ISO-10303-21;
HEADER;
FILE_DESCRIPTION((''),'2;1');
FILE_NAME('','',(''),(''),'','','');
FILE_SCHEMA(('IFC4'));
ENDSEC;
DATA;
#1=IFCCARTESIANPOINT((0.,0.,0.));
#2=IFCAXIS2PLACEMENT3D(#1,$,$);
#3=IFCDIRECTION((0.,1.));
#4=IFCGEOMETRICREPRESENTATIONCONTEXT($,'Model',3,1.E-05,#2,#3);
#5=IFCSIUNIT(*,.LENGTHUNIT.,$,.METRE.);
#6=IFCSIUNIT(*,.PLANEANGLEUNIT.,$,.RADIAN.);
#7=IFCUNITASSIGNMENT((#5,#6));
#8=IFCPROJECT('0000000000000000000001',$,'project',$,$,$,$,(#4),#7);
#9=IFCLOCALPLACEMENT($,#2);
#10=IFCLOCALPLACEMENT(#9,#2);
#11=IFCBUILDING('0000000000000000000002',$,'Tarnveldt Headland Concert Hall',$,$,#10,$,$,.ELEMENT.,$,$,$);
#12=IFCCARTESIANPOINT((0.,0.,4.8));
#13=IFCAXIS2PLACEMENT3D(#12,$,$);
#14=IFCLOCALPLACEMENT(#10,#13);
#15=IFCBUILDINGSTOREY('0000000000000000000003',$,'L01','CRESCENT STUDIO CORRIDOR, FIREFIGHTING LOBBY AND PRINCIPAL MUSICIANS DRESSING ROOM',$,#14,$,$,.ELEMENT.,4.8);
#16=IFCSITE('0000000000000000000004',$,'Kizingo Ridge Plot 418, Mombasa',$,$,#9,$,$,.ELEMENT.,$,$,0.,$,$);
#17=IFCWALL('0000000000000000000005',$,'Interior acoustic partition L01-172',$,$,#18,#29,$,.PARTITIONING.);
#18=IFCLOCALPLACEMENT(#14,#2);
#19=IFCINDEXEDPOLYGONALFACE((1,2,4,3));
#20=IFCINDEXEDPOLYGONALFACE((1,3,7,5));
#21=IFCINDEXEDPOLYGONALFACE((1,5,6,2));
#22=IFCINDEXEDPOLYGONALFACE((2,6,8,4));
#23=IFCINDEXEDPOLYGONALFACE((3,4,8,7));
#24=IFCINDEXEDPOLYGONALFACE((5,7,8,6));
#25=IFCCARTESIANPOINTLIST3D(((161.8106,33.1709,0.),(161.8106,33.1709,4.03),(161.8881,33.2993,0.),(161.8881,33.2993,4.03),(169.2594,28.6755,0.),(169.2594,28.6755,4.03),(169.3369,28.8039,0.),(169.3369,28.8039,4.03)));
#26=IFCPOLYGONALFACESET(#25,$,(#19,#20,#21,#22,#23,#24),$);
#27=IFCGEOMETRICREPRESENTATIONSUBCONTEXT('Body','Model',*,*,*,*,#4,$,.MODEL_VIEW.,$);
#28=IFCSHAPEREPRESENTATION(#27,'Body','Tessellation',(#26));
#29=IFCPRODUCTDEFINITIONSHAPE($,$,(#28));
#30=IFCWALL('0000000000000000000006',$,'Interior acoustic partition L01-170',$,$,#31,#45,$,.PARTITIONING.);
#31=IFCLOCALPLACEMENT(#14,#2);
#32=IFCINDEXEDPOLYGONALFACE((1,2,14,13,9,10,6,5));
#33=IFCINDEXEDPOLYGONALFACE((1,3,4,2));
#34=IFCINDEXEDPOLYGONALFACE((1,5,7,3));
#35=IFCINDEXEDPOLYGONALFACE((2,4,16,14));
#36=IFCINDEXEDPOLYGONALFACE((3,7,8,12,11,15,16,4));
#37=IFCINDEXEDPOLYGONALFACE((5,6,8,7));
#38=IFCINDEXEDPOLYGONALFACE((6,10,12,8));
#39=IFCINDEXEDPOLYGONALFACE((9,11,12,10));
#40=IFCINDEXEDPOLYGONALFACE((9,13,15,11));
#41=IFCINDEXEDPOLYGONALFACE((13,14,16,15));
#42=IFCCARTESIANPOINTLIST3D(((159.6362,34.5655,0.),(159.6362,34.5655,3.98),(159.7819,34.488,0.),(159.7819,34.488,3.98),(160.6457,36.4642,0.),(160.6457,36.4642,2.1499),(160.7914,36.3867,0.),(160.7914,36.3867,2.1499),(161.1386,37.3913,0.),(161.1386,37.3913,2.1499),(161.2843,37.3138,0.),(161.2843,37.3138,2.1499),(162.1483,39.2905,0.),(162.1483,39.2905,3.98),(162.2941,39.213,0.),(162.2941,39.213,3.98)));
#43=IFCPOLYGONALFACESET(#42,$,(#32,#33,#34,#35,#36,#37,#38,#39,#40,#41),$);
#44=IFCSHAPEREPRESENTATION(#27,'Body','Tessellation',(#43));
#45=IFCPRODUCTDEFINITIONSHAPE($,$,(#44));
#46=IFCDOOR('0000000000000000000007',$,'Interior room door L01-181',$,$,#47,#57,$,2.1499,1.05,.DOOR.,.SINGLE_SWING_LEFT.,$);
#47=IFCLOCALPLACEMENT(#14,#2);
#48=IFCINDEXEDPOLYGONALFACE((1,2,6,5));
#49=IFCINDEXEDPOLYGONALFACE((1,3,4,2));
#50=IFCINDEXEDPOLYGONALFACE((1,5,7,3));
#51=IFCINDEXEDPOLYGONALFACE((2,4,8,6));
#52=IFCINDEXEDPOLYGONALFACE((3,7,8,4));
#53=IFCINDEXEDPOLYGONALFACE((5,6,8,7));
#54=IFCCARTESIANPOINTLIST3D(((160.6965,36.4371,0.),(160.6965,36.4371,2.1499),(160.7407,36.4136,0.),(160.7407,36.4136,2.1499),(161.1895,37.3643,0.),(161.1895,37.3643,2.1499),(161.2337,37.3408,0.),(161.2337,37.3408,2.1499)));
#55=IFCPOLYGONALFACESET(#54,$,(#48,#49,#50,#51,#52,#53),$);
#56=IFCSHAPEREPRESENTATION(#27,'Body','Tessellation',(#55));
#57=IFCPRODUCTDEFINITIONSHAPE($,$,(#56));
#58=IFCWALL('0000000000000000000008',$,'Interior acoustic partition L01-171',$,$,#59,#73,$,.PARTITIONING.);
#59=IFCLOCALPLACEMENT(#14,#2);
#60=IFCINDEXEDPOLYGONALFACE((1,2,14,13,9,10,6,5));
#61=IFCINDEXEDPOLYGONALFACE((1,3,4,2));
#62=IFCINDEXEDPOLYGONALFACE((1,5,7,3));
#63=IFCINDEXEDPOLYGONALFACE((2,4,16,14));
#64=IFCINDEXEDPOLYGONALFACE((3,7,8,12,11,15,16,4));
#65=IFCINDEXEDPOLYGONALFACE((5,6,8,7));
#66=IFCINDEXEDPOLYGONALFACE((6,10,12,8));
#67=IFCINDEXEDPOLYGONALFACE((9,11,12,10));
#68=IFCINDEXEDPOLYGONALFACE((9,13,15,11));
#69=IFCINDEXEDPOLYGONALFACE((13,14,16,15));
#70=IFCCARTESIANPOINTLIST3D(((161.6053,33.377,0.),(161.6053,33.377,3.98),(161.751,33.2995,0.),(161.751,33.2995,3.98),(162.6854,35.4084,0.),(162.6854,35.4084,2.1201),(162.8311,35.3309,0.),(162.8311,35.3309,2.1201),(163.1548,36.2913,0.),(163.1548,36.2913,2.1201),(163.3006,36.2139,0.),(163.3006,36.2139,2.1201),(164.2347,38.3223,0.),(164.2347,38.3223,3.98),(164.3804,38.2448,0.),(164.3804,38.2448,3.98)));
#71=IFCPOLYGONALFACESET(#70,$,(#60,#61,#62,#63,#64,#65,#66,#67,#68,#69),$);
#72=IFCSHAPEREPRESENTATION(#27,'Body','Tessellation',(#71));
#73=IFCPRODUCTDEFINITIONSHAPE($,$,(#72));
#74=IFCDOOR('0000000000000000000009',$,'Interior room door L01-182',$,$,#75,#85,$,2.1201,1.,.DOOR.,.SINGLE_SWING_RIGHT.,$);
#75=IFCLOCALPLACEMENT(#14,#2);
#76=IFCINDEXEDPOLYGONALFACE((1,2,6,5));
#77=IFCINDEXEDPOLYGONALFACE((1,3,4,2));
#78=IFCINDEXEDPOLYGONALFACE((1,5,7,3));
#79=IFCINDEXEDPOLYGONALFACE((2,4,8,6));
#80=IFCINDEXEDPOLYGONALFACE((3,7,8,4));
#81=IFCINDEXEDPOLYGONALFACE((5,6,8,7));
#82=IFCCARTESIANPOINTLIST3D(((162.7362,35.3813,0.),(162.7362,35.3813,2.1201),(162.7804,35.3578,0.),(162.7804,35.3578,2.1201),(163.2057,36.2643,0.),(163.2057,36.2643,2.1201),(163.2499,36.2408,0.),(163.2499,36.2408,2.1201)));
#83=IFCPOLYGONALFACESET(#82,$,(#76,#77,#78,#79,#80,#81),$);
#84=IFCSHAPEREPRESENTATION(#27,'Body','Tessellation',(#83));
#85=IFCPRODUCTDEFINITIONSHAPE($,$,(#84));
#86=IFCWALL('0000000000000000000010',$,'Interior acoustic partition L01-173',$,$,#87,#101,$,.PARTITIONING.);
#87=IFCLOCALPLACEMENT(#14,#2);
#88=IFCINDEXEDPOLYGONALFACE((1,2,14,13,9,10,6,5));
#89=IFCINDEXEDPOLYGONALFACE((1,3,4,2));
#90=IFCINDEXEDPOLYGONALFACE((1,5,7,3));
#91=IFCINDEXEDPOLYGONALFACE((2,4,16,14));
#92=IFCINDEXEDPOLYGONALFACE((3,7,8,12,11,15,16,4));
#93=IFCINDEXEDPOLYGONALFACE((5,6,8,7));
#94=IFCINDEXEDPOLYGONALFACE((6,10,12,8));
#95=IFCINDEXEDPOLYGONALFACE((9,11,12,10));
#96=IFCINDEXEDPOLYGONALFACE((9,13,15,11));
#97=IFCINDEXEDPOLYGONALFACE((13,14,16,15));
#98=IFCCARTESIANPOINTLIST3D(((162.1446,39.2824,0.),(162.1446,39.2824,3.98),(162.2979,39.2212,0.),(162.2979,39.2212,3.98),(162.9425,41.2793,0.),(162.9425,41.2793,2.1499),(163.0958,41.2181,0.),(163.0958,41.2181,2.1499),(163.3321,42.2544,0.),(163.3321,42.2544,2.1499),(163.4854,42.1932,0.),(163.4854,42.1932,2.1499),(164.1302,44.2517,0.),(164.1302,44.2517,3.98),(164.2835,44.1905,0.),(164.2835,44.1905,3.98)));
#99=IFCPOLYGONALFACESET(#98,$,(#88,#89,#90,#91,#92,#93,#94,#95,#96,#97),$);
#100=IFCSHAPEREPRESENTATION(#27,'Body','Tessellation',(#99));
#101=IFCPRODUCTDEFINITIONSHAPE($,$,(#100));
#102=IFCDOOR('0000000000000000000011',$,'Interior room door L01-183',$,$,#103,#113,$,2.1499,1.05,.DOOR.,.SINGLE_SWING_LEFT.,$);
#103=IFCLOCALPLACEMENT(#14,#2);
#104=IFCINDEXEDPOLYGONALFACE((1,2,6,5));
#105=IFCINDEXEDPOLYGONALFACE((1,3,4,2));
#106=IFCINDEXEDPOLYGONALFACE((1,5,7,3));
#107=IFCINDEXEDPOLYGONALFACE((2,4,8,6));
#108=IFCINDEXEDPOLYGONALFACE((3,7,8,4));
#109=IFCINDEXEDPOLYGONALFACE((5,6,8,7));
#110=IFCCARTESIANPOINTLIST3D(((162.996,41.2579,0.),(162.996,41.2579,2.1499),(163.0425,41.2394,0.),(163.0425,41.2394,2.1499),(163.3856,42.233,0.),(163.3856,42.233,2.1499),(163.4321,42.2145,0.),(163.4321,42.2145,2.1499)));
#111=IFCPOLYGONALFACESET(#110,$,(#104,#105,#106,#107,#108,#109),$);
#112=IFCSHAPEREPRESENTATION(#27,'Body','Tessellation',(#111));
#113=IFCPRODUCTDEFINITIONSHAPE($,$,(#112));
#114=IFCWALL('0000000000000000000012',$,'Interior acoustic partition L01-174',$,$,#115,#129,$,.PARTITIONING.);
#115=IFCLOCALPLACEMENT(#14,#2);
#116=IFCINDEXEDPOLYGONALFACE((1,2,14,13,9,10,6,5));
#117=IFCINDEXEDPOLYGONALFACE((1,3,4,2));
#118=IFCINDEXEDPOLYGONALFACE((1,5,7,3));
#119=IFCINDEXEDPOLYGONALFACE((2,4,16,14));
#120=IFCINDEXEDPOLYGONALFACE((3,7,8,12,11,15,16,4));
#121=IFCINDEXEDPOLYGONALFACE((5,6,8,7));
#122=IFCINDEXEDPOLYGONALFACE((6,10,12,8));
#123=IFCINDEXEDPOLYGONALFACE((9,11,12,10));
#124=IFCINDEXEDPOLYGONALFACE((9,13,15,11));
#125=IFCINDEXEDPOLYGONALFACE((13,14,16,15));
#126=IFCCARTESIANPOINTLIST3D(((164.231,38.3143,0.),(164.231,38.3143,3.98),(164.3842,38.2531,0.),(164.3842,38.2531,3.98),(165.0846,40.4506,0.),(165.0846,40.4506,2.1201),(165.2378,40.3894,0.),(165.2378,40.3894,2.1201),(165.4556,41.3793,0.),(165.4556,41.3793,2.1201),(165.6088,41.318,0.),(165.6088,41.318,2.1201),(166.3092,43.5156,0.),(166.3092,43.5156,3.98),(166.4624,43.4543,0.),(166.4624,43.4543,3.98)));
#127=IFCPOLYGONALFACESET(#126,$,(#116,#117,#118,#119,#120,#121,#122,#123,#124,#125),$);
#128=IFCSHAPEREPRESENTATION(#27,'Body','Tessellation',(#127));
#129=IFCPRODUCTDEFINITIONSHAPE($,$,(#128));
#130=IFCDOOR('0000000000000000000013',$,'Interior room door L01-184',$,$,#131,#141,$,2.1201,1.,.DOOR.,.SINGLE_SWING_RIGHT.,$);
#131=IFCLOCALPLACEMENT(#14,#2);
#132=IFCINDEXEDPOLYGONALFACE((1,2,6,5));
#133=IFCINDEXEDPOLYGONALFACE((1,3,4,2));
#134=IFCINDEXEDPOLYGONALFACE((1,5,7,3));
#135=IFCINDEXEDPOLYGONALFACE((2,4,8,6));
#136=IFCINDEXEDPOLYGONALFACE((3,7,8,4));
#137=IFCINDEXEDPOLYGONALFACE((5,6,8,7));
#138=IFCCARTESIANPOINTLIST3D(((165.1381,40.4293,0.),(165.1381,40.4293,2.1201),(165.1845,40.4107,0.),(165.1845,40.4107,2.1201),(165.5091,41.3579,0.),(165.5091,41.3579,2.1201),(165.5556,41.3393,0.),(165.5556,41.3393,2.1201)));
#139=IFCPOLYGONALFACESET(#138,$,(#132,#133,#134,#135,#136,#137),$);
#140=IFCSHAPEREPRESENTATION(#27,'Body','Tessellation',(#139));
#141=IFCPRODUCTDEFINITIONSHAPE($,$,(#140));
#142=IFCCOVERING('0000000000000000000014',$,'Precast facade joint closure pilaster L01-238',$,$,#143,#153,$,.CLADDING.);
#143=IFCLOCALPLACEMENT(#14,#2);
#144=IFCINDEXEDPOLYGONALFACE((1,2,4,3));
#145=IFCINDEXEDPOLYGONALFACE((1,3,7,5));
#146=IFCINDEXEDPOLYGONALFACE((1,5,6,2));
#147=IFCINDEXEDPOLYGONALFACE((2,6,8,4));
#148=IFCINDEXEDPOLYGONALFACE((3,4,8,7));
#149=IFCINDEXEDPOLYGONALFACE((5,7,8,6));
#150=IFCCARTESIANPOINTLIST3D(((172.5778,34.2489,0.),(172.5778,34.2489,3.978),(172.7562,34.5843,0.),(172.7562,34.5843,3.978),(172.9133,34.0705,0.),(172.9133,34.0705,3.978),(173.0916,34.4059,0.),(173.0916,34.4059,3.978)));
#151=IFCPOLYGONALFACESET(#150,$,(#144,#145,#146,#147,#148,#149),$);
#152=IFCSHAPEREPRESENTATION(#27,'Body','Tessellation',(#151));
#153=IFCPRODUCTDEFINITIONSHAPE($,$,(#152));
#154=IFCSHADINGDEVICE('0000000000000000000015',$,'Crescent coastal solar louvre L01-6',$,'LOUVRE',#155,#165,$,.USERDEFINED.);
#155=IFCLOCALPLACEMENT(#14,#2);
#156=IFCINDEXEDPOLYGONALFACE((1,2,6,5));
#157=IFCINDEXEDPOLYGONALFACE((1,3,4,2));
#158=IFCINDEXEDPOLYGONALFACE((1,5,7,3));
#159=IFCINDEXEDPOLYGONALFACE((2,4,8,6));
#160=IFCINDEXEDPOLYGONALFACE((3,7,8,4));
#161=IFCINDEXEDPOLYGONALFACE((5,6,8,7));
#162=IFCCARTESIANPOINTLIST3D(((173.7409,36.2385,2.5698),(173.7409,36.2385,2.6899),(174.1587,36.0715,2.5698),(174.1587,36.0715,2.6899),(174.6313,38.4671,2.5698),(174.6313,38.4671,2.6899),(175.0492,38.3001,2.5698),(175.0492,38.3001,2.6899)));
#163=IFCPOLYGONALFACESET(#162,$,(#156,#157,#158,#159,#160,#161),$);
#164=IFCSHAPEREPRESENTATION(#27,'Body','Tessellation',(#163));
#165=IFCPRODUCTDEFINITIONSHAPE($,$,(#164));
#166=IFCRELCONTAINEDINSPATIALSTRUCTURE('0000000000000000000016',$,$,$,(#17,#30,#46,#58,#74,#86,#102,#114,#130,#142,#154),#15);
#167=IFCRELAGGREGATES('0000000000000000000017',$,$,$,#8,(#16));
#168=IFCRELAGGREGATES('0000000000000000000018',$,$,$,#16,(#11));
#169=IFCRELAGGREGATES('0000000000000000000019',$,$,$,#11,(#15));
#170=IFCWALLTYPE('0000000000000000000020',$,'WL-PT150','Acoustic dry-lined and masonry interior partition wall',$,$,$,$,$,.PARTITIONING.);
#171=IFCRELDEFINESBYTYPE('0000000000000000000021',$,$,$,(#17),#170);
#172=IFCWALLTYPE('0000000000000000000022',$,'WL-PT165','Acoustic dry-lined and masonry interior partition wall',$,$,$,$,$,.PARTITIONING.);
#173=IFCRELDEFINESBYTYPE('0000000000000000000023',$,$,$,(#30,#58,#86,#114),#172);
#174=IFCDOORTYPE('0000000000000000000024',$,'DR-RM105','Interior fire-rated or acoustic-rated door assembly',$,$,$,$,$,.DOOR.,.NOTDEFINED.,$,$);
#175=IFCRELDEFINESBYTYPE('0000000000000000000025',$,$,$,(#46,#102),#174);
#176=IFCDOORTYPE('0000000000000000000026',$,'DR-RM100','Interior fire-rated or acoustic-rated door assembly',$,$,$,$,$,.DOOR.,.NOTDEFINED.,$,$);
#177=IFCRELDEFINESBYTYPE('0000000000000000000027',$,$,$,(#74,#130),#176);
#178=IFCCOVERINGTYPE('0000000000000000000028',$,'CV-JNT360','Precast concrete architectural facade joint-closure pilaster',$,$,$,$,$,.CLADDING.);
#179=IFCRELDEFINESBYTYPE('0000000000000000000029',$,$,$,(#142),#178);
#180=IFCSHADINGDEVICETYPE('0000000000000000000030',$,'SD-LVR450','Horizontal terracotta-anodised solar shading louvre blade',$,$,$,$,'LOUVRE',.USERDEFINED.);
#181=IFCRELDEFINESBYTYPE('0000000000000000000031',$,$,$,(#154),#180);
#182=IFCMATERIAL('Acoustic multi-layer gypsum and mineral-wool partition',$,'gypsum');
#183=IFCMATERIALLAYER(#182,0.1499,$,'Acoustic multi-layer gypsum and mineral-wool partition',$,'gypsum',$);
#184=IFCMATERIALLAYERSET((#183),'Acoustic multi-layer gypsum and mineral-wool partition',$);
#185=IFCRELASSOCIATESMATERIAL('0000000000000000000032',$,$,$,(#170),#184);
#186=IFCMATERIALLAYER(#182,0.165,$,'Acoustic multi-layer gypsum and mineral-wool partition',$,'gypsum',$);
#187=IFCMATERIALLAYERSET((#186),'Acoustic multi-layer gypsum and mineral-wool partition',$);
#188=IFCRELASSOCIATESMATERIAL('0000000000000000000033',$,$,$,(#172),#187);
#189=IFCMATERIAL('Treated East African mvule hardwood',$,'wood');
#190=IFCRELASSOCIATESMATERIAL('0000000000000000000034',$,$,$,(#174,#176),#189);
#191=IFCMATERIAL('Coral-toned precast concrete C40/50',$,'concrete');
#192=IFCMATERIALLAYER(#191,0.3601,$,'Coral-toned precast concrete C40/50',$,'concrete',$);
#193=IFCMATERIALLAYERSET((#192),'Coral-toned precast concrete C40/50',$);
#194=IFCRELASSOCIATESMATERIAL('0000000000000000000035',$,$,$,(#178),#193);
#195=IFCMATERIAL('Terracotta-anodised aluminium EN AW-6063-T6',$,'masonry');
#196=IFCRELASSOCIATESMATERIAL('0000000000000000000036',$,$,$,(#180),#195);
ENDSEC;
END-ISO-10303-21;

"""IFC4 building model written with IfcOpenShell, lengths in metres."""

from ifc_helpers import new_model, si_unit, direction, frame, frame_2d, origin, origin_2d, place, context, subcontext, project, spatial, rectangle, extrude, material, layer, layer_set, type_object, element, fill, save


model = new_model("IFC4")

# Units and contexts
model_context = context("Model", 3, precision=1e-05, world=origin(), true_north=direction((0.0, 1.0)))
body_context = subcontext(model_context, "Body", "Model", "MODEL_VIEW")
ifc_project = project(units=[si_unit("LENGTHUNIT", "METRE"), si_unit("PLANEANGLEUNIT", "RADIAN")], contexts=[model_context])

# Site, building, storey
site_placement = place(None, origin())
site = spatial("IfcSite", under=ifc_project, at=site_placement, Name="Kizingo Ridge Plot 418, Mombasa", CompositionType="ELEMENT", RefElevation=0.0)
building_placement = place(site_placement, origin())
building = spatial("IfcBuilding", under=site, at=building_placement, Name="Tarnveldt Headland Concert Hall", CompositionType="ELEMENT")
storey_placement = place(building_placement, frame((0.0, 0.0, 4.8)))
storey = spatial("IfcBuildingStorey", under=building, at=storey_placement, Name="L01", Description="CRESCENT STUDIO CORRIDOR, FIREFIGHTING LOBBY AND PRINCIPAL MUSICIANS DRESSING ROOM", CompositionType="ELEMENT", Elevation=4.8)

# Shared definitions
ifc_material_1 = material(Name="Coral-toned precast concrete C40/50", Category="concrete")

# Wall
ifc_material_2 = material(Name="Acoustic multi-layer gypsum and mineral-wool partition", Category="gypsum")
ifc_layer_1 = layer(ifc_material_2, 0.1499, Name="Acoustic multi-layer gypsum and mineral-wool partition", Category="gypsum")
ifc_layer_set_1 = layer_set([ifc_layer_1], Name="Acoustic multi-layer gypsum and mineral-wool partition")
wall_type_1 = type_object("IfcWallType", Name="WL-PT150", Description="Acoustic dry-lined and masonry interior partition wall", PredefinedType="PARTITIONING", material=ifc_layer_set_1)
wall_1_placement = place(storey_placement, frame((161.8494, 33.2351, 0.0), z_axis=(0.0, 0.0, 1.0), x_axis=(0.856165, -0.516702, 0.0)))
element("IfcWall", 1, at=wall_1_placement, inside=storey, type_object=wall_type_1, Name="Interior acoustic partition L01-172", PredefinedType="PARTITIONING", context=body_context, shape_type="SweptSolid", body=[
    extrude(rectangle(XDim=8.7002, YDim=0.1499, at=frame_2d((4.3501, 0.0))), origin(), (0.0, 0.0, 1.0), 4.03),
])

# Walls, openings, doors
ifc_layer_2 = layer(ifc_material_2, 0.165, Name="Acoustic multi-layer gypsum and mineral-wool partition", Category="gypsum")
ifc_layer_set_2 = layer_set([ifc_layer_2], Name="Acoustic multi-layer gypsum and mineral-wool partition")
wall_type_2 = type_object("IfcWallType", Name="WL-PT165", Description="Acoustic dry-lined and masonry interior partition wall", PredefinedType="PARTITIONING", material=ifc_layer_set_2)
wall_2_placement = place(storey_placement, frame((159.709, 34.5266, 0.0), z_axis=(0.0, 0.0, 1.0), x_axis=(0.469447, 0.882961, 0.0)))
wall_2 = element("IfcWall", 2, at=wall_2_placement, inside=storey, type_object=wall_type_2, Name="Interior acoustic partition L01-170", PredefinedType="PARTITIONING", context=body_context, shape_type="SweptSolid", body=[
    extrude(rectangle(XDim=5.3513, YDim=0.165, at=frame_2d((2.6758, 0.0))), origin(), (0.0, 0.0, 1.0), 3.98),
])
opening_1_placement = place(wall_2_placement, frame((2.1506, 0.0, 0.0)))
opening_1 = element("IfcOpeningElement", 3, at=opening_1_placement, cuts=wall_2, PredefinedType="OPENING", context=body_context, shape_type="SweptSolid", body=[
    extrude(rectangle(XDim=1.05, YDim=2.1499, at=frame_2d((0.5249, 1.075))), frame((0.0, 0.0925, 0.0), z_axis=(0.0, -1.0, 0.0), x_axis=(1.0, 0.0, 0.0)), (0.0, 0.0, 1.0), 0.1851),
])
ifc_material_3 = material(Name="Treated East African mvule hardwood", Category="wood")
door_type_1 = type_object("IfcDoorType", Name="DR-RM105", Description="Interior fire-rated or acoustic-rated door assembly", OperationType="NOTDEFINED", PredefinedType="DOOR", material=ifc_material_3)
door_1_placement = place(opening_1_placement, origin())
door_1 = element("IfcDoor", 4, at=door_1_placement, inside=storey, type_object=door_type_1, Name="Interior room door L01-181", OperationType="SINGLE_SWING_LEFT", OverallHeight=2.1499, OverallWidth=1.05, PredefinedType="DOOR", context=body_context, shape_type="SweptSolid", body=[
    extrude(rectangle(XDim=1.05, YDim=2.1499, at=frame_2d((0.5249, 1.075))), frame((0.0, 0.0249, 0.0), z_axis=(0.0, -1.0, 0.0), x_axis=(1.0, 0.0, 0.0)), (0.0, 0.0, 1.0), 0.05),
])
fill(opening_1, door_1)
wall_3_placement = place(storey_placement, frame((161.6782, 33.3384, 0.0), z_axis=(0.0, 0.0, 1.0), x_axis=(0.469461, 0.882953, 0.0)))
wall_3 = element("IfcWall", 5, at=wall_3_placement, inside=storey, type_object=wall_type_2, Name="Interior acoustic partition L01-171", PredefinedType="PARTITIONING", context=body_context, shape_type="SweptSolid", body=[
    extrude(rectangle(XDim=5.6008, YDim=0.165, at=frame_2d((2.8003, 0.0))), origin(), (0.0, 0.0, 1.0), 3.98),
])
opening_2_placement = place(wall_3_placement, frame((2.3005, 0.0, 0.0)))
opening_2 = element("IfcOpeningElement", 6, at=opening_2_placement, cuts=wall_3, PredefinedType="OPENING", context=body_context, shape_type="SweptSolid", body=[
    extrude(rectangle(XDim=1.0, YDim=2.1201, at=frame_2d((0.5, 1.0601))), frame((0.0, 0.0925, 0.0), z_axis=(0.0, -1.0, 0.0), x_axis=(1.0, 0.0, 0.0)), (0.0, 0.0, 1.0), 0.1851),
])
door_type_2 = type_object("IfcDoorType", Name="DR-RM100", Description="Interior fire-rated or acoustic-rated door assembly", OperationType="NOTDEFINED", PredefinedType="DOOR", material=ifc_material_3)
door_2_placement = place(opening_2_placement, origin())
door_2 = element("IfcDoor", 7, at=door_2_placement, inside=storey, type_object=door_type_2, Name="Interior room door L01-182", OperationType="SINGLE_SWING_RIGHT", OverallHeight=2.1201, OverallWidth=1.0, PredefinedType="DOOR", context=body_context, shape_type="SweptSolid", body=[
    extrude(rectangle(XDim=1.0, YDim=2.1201, at=frame_2d((0.5, 1.0601))), frame((0.0, 0.0249, 0.0), z_axis=(0.0, -1.0, 0.0), x_axis=(1.0, 0.0, 0.0)), (0.0, 0.0, 1.0), 0.05),
])
fill(opening_2, door_2)
wall_4_placement = place(storey_placement, frame((162.2212, 39.2517, 0.0), z_axis=(0.0, 0.0, 1.0), x_axis=(0.371052, 0.928612, 0.0)))
wall_4 = element("IfcWall", 8, at=wall_4_placement, inside=storey, type_object=wall_type_2, Name="Interior acoustic partition L01-173", PredefinedType="PARTITIONING", context=body_context, shape_type="SweptSolid", body=[
    extrude(rectangle(XDim=5.3513, YDim=0.165, at=frame_2d((2.6758, 0.0))), origin(), (0.0, 0.0, 1.0), 3.98),
])
opening_3_placement = place(wall_4_placement, frame((2.1506, 0.0, 0.0)))
opening_3 = element("IfcOpeningElement", 9, at=opening_3_placement, cuts=wall_4, PredefinedType="OPENING", context=body_context, shape_type="SweptSolid", body=[
    extrude(rectangle(XDim=1.05, YDim=2.1499, at=frame_2d((0.5249, 1.075))), frame((0.0, 0.0925, 0.0), z_axis=(0.0, -1.0, 0.0), x_axis=(1.0, 0.0, 0.0)), (0.0, 0.0, 1.0), 0.1851),
])
door_3_placement = place(opening_3_placement, origin())
door_3 = element("IfcDoor", 10, at=door_3_placement, inside=storey, type_object=door_type_1, Name="Interior room door L01-183", OperationType="SINGLE_SWING_LEFT", OverallHeight=2.1499, OverallWidth=1.05, PredefinedType="DOOR", context=body_context, shape_type="SweptSolid", body=[
    extrude(rectangle(XDim=1.05, YDim=2.1499, at=frame_2d((0.5249, 1.075))), frame((0.0, 0.0249, 0.0), z_axis=(0.0, -1.0, 0.0), x_axis=(1.0, 0.0, 0.0)), (0.0, 0.0, 1.0), 0.05),
])
fill(opening_3, door_3)
wall_5_placement = place(storey_placement, frame((164.3076, 38.2837, 0.0), z_axis=(0.0, 0.0, 1.0), x_axis=(0.37103, 0.928621, 0.0)))
wall_5 = element("IfcWall", 11, at=wall_5_placement, inside=storey, type_object=wall_type_2, Name="Interior acoustic partition L01-174", PredefinedType="PARTITIONING", context=body_context, shape_type="SweptSolid", body=[
    extrude(rectangle(XDim=5.6011, YDim=0.165, at=frame_2d((2.8005, 0.0))), origin(), (0.0, 0.0, 1.0), 3.98),
])
opening_4_placement = place(wall_5_placement, frame((2.3005, 0.0, 0.0)))
opening_4 = element("IfcOpeningElement", 12, at=opening_4_placement, cuts=wall_5, PredefinedType="OPENING", context=body_context, shape_type="SweptSolid", body=[
    extrude(rectangle(XDim=1.0, YDim=2.1201, at=frame_2d((0.5, 1.0601))), frame((0.0, 0.0925, 0.0), z_axis=(0.0, -1.0, 0.0), x_axis=(1.0, 0.0, 0.0)), (0.0, 0.0, 1.0), 0.1851),
])
door_4_placement = place(opening_4_placement, origin())
door_4 = element("IfcDoor", 13, at=door_4_placement, inside=storey, type_object=door_type_2, Name="Interior room door L01-184", OperationType="SINGLE_SWING_RIGHT", OverallHeight=2.1201, OverallWidth=1.0, PredefinedType="DOOR", context=body_context, shape_type="SweptSolid", body=[
    extrude(rectangle(XDim=1.0, YDim=2.1201, at=frame_2d((0.5, 1.0601))), frame((0.0, 0.0249, 0.0), z_axis=(0.0, -1.0, 0.0), x_axis=(1.0, 0.0, 0.0)), (0.0, 0.0, 1.0), 0.05),
])
fill(opening_4, door_4)

# Covering
ifc_layer_3 = layer(ifc_material_1, 0.3601, Name="Coral-toned precast concrete C40/50", Category="concrete")
ifc_layer_set_3 = layer_set([ifc_layer_3], Name="Coral-toned precast concrete C40/50")
covering_type = type_object("IfcCoveringType", Name="CV-JNT360", Description="Precast concrete architectural facade joint-closure pilaster", PredefinedType="CLADDING", material=ifc_layer_set_3)
covering_placement = place(storey_placement, frame((172.8347, 34.3274, 0.0), z_axis=(0.0, 0.0, 1.0), x_axis=(-0.469472, -0.882948, 0.0)))
element("IfcCovering", 14, at=covering_placement, inside=storey, type_object=covering_type, Name="Precast facade joint closure pilaster L01-238", PredefinedType="CLADDING", context=body_context, shape_type="SweptSolid", body=[
    extrude(rectangle(XDim=0.3799, YDim=0.3799, at=origin_2d()), origin(), (0.0, 0.0, 1.0), 3.978),
])

# Shading device
ifc_material_4 = material(Name="Terracotta-anodised aluminium EN AW-6063-T6", Category="masonry")
shading_device_type = type_object("IfcShadingDeviceType", Name="SD-LVR450", Description="Horizontal terracotta-anodised solar shading louvre blade", ElementType="LOUVRE", PredefinedType="USERDEFINED", material=ifc_material_4)
shading_device_placement = place(storey_placement, frame((174.395, 37.2693, 2.5698), z_axis=(0.0, 0.0, 1.0), x_axis=(0.928615, -0.371044, 0.0)))
element("IfcShadingDevice", 15, at=shading_device_placement, inside=storey, type_object=shading_device_type, Name="Crescent coastal solar louvre L01-6", ObjectType="LOUVRE", PredefinedType="USERDEFINED", context=body_context, shape_type="SweptSolid", body=[
    extrude(rectangle(XDim=0.45, YDim=2.3999, at=origin_2d()), origin(), (0.0, 0.0, 1.0), 0.1201),
])

save(model, "model.ifc")
